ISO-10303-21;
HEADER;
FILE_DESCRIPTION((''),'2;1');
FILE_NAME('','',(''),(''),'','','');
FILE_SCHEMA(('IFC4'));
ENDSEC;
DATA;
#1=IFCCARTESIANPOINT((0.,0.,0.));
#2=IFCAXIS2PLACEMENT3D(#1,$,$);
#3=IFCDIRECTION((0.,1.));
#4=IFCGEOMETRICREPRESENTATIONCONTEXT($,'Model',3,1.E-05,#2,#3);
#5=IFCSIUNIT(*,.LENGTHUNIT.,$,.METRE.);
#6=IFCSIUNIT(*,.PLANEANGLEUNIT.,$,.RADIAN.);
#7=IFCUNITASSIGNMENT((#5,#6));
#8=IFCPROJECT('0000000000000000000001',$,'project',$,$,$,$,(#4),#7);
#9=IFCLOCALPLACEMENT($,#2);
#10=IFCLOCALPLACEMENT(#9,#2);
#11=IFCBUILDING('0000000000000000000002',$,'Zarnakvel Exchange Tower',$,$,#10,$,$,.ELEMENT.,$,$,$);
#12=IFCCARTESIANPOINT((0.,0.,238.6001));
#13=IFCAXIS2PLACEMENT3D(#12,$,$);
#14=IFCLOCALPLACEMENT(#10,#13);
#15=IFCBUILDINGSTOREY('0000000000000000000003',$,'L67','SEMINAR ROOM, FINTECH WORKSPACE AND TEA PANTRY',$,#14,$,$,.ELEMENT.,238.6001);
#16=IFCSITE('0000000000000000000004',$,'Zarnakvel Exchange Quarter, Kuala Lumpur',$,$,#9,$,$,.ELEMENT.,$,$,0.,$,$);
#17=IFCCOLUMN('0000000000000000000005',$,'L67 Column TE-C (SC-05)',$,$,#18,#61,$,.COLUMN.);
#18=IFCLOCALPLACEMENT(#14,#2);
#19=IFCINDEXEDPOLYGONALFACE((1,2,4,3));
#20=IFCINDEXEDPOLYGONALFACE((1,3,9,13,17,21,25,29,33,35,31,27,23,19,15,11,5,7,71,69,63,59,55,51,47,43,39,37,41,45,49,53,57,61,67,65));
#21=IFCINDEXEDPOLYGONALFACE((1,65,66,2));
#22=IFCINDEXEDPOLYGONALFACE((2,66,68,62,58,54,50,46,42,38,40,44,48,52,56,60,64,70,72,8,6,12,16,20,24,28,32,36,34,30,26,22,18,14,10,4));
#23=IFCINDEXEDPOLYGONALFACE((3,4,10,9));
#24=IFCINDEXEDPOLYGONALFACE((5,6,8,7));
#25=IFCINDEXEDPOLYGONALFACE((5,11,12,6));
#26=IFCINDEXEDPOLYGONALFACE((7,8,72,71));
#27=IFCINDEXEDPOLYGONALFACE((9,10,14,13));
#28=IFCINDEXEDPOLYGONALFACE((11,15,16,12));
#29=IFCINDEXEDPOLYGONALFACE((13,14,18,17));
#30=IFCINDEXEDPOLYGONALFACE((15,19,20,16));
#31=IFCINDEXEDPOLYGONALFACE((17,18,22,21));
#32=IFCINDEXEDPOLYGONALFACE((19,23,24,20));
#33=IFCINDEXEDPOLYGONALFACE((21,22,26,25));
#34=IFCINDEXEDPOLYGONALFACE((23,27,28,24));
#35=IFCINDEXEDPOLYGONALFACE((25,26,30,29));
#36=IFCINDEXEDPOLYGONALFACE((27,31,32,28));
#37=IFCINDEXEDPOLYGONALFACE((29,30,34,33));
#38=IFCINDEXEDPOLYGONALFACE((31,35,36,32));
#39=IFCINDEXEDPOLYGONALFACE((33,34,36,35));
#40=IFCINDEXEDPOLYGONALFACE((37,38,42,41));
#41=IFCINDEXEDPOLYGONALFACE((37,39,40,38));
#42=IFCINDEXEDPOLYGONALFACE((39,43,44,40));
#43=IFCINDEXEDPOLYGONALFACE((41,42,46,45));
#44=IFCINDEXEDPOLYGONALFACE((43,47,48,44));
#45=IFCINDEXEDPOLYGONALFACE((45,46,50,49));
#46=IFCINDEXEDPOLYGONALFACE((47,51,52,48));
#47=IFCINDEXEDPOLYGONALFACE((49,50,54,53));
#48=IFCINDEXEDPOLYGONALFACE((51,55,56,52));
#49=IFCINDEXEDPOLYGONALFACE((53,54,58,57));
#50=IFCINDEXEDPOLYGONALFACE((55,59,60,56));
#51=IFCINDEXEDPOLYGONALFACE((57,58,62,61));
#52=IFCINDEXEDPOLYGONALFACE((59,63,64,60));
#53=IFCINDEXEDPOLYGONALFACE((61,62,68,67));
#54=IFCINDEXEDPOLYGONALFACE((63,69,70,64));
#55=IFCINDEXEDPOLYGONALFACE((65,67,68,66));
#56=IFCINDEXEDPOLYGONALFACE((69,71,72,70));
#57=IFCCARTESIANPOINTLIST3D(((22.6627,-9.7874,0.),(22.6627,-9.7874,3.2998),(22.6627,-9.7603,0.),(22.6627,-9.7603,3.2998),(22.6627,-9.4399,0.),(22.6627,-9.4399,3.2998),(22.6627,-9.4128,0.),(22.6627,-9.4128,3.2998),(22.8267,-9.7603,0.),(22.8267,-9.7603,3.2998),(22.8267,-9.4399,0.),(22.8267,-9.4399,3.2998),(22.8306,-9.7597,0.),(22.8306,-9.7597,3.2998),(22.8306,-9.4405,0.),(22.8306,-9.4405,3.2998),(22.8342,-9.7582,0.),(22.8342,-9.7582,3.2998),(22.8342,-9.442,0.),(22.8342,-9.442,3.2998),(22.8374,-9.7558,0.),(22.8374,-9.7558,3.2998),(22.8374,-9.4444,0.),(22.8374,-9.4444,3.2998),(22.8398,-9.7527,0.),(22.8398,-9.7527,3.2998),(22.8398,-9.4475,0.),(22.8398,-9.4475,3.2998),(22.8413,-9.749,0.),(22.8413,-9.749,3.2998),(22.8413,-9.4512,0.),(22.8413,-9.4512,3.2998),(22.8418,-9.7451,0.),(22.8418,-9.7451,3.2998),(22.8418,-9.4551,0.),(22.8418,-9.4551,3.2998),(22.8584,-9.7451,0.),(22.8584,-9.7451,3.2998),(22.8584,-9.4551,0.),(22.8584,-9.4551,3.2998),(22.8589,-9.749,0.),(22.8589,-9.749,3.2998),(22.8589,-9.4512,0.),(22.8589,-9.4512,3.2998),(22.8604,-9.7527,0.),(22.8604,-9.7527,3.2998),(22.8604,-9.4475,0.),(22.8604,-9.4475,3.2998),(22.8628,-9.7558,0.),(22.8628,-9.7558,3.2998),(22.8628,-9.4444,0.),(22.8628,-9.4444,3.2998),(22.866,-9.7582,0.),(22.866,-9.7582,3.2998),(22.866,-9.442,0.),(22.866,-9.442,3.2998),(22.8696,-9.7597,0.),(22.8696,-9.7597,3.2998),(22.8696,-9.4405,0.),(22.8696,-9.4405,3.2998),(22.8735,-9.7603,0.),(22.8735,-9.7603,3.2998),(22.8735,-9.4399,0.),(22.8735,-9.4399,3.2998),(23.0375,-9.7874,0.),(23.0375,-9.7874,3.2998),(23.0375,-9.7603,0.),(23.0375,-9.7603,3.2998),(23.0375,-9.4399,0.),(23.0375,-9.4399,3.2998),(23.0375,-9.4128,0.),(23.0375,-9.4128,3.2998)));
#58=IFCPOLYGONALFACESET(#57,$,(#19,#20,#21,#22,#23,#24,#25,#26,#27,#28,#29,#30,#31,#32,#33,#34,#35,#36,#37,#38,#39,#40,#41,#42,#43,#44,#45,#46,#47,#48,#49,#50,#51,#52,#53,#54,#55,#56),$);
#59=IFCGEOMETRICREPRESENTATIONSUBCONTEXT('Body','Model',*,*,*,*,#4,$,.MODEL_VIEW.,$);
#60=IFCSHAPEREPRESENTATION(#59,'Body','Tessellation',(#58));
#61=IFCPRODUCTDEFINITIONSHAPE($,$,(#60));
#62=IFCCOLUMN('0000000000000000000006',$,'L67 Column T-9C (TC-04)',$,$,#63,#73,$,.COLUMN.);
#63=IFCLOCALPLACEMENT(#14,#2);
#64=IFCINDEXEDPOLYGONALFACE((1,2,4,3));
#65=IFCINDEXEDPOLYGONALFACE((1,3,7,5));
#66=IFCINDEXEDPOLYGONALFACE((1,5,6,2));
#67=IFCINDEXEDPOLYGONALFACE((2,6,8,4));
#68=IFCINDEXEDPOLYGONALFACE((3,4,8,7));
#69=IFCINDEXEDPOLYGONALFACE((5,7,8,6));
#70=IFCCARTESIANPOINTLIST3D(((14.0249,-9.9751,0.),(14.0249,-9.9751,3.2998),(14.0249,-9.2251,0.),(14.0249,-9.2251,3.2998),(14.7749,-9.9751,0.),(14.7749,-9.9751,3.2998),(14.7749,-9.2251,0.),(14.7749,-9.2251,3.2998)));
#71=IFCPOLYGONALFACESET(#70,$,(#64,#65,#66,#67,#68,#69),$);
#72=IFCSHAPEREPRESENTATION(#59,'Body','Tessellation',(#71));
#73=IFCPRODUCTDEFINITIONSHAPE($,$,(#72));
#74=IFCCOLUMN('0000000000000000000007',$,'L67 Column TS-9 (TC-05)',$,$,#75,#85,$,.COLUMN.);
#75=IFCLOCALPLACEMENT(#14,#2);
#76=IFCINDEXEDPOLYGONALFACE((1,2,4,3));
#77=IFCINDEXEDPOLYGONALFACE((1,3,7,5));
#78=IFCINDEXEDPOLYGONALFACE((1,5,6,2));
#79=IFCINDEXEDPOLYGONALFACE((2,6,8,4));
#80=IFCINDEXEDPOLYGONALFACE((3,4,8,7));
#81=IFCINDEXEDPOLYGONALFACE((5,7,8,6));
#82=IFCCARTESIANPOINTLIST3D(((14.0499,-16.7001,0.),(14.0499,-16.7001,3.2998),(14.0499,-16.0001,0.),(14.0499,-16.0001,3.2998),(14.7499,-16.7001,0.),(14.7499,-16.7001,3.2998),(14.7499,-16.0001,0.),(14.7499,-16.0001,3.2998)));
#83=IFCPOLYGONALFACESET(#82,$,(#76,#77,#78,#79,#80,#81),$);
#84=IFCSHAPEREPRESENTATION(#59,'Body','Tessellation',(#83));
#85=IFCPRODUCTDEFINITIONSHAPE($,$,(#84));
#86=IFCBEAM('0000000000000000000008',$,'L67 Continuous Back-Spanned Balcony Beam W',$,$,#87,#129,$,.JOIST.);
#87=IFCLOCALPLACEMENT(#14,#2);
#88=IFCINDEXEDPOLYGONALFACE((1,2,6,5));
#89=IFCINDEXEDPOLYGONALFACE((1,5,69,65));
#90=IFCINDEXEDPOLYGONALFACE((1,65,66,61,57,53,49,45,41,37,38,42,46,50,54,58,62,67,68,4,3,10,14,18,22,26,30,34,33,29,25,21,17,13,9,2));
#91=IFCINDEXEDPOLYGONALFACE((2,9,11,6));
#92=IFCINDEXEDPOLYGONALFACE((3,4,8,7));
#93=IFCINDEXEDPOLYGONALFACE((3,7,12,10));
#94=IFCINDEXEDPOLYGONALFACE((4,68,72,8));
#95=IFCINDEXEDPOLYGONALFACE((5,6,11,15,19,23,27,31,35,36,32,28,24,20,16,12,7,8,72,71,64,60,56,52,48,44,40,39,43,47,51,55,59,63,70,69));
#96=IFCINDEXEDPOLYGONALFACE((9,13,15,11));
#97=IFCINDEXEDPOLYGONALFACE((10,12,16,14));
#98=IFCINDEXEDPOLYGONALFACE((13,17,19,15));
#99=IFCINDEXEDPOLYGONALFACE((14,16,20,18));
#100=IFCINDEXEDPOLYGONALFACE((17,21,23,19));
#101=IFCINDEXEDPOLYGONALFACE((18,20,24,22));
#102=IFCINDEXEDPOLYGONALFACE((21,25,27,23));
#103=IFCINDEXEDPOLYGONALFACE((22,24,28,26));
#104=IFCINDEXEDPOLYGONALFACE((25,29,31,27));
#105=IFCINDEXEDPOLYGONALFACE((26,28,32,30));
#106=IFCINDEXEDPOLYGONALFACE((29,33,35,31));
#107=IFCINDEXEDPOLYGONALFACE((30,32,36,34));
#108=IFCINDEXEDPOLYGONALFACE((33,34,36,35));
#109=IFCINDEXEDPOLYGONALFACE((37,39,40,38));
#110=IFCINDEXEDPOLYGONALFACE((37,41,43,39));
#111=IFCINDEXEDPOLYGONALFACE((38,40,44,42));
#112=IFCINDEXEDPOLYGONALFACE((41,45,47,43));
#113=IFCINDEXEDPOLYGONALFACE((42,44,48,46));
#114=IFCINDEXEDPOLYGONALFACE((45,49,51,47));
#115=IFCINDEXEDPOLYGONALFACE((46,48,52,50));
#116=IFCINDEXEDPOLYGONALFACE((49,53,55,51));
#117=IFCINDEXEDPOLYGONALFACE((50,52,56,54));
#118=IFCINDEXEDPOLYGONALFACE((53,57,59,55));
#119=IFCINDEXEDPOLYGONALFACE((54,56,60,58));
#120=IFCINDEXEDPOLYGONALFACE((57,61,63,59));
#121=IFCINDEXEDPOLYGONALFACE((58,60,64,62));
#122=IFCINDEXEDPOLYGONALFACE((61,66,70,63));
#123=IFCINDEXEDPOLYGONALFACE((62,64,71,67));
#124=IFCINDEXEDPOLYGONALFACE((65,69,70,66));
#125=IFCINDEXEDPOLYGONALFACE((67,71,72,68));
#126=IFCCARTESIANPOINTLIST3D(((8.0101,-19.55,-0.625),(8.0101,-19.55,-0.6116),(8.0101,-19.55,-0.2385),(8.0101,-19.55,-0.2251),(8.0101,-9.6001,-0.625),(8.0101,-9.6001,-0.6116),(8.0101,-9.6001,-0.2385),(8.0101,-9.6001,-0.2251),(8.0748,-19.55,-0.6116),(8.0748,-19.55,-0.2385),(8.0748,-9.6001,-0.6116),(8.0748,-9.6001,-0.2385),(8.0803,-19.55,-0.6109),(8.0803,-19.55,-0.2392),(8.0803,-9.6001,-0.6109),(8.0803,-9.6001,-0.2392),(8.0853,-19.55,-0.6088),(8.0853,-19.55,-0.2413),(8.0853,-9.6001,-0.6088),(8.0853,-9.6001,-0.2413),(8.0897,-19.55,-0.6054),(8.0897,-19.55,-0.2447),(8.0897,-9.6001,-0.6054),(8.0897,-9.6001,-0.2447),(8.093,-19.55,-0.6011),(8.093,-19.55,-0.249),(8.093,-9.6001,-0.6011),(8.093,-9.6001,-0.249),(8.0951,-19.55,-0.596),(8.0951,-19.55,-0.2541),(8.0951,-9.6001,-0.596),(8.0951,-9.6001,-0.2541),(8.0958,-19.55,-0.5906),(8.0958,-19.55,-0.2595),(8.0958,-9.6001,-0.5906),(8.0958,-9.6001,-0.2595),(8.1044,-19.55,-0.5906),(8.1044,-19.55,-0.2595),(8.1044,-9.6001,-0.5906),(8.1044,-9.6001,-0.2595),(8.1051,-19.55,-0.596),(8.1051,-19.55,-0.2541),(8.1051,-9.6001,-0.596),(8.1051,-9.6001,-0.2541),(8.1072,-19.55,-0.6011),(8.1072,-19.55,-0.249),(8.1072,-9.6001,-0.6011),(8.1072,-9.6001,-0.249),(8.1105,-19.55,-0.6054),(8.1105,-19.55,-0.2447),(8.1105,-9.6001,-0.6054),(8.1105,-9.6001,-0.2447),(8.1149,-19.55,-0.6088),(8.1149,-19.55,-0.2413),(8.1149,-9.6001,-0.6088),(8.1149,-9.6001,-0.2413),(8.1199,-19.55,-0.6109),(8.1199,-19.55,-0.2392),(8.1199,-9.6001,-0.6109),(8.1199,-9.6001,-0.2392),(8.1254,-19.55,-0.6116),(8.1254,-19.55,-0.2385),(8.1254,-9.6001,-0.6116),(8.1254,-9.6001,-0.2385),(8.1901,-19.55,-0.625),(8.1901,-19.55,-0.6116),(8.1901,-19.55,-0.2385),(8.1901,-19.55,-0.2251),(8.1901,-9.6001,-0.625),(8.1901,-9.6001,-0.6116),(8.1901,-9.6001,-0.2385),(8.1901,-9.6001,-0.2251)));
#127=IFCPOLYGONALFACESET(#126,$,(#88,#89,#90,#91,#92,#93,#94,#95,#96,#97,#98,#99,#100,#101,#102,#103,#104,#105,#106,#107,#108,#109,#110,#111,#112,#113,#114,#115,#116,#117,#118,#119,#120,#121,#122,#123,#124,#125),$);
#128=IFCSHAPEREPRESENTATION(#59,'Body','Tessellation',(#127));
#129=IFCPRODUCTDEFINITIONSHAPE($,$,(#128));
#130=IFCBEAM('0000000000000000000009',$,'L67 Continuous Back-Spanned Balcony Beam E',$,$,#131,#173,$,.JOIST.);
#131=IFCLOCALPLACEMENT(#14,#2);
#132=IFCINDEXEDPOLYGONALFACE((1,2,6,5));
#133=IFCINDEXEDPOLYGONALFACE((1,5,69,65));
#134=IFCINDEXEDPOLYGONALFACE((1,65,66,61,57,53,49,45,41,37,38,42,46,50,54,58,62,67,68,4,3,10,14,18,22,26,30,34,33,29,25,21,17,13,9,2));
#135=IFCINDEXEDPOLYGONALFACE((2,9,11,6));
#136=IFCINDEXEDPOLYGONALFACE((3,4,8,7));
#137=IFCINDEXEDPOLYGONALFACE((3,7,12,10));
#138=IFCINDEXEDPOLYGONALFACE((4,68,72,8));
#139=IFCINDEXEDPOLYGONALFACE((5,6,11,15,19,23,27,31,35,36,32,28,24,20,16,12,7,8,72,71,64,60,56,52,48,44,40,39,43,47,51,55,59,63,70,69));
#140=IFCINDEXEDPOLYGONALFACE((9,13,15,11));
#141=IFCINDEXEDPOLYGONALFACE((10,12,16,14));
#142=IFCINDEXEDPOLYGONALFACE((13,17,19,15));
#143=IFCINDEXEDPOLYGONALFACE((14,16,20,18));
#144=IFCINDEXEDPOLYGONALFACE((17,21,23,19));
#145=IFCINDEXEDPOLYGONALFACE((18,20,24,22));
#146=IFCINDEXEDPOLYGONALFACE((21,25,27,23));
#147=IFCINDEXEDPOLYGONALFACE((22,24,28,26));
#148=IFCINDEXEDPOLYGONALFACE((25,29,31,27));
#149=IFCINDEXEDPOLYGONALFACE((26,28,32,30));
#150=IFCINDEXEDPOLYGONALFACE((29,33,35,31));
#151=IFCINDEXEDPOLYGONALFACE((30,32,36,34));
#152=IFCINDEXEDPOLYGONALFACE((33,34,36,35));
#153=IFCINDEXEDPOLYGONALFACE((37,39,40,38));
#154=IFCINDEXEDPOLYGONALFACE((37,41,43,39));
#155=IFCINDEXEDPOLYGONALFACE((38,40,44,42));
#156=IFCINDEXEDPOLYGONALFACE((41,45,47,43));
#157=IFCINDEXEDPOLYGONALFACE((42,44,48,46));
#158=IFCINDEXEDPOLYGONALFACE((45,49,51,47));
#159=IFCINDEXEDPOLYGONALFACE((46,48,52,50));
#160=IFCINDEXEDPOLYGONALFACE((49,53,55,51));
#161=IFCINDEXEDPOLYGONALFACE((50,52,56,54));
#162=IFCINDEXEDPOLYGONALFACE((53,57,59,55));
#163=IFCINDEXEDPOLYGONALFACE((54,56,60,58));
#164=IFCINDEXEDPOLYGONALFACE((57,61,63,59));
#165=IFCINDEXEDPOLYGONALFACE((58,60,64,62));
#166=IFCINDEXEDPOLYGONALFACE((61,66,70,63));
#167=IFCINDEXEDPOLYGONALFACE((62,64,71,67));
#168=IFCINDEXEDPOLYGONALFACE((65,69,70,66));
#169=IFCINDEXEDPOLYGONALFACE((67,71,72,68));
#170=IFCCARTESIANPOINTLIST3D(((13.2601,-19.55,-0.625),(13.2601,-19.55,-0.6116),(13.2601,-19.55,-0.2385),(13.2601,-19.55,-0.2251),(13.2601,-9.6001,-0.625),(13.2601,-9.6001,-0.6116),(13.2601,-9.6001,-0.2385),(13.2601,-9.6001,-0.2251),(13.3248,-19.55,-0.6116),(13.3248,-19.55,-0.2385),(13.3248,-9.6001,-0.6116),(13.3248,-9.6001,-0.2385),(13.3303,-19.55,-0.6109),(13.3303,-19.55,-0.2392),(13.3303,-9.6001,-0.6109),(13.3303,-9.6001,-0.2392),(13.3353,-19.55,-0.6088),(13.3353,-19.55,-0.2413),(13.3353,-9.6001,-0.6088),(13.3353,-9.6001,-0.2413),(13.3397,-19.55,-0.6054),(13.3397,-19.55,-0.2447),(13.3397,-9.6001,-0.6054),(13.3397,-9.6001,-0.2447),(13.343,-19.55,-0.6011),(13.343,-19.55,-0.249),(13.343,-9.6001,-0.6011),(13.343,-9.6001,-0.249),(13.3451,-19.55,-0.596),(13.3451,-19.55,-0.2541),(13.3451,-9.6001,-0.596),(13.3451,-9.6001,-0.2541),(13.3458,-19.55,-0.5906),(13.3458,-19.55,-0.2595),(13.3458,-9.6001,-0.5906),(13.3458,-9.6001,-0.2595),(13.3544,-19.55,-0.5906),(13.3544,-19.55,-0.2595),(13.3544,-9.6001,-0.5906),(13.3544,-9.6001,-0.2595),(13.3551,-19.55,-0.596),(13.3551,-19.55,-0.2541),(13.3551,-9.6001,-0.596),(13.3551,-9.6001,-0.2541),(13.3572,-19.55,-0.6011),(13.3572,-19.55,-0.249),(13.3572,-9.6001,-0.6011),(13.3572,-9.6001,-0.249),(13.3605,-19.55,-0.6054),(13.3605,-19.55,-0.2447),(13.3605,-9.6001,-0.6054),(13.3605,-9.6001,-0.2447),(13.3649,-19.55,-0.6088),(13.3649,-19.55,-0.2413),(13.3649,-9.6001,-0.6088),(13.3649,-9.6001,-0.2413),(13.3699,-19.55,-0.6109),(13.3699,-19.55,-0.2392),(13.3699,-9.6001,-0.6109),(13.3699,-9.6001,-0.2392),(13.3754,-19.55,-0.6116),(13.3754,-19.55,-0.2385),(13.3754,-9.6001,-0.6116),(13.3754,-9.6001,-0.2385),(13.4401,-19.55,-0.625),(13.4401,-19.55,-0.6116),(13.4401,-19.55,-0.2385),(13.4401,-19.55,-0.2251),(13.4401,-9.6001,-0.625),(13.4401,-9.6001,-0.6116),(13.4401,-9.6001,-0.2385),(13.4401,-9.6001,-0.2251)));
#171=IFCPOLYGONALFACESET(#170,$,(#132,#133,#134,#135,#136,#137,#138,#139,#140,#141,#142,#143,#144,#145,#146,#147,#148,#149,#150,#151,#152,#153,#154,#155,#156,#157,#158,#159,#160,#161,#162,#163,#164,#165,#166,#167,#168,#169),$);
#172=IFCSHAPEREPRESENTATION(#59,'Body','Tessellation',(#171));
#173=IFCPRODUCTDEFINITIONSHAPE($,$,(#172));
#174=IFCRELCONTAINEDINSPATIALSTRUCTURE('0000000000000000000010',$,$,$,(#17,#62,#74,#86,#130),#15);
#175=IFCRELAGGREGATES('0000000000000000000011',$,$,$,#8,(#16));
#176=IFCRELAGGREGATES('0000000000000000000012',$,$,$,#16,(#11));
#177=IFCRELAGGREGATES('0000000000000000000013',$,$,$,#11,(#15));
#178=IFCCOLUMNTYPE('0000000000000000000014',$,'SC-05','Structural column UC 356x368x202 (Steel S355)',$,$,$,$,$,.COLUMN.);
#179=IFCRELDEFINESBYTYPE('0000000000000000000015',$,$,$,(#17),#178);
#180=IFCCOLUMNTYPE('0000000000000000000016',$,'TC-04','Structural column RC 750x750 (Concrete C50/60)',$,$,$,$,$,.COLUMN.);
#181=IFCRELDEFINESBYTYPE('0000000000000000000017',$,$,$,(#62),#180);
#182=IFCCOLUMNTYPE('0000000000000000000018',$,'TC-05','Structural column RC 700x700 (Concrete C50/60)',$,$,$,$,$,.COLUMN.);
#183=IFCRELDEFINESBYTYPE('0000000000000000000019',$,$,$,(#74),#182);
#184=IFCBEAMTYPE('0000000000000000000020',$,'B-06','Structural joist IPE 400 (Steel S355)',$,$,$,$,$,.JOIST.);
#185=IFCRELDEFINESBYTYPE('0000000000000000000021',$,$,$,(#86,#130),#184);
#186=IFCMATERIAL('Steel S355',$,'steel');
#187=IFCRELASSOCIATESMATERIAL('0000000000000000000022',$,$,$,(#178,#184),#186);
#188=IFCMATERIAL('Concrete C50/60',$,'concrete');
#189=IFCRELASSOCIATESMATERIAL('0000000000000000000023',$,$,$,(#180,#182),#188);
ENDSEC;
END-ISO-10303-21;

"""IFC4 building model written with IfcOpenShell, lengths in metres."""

from ifc_helpers import new_model, si_unit, direction, frame, origin, origin_2d, place, context, subcontext, project, spatial, rectangle, i_section, extrude, material, material_profile, profile_set, type_object, element, save


model = new_model("IFC4")

# Units and contexts
model_context = context("Model", 3, precision=1e-05, world=origin(), true_north=direction((0.0, 1.0)))
body_context = subcontext(model_context, "Body", "Model", "MODEL_VIEW")
ifc_project = project(units=[si_unit("LENGTHUNIT", "METRE"), si_unit("PLANEANGLEUNIT", "RADIAN")], contexts=[model_context])

# Site, building, storey
site_placement = place(None, origin())
site = spatial("IfcSite", under=ifc_project, at=site_placement, Name="Zarnakvel Exchange Quarter, Kuala Lumpur", CompositionType="ELEMENT", RefElevation=0.0)
building_placement = place(site_placement, origin())
building = spatial("IfcBuilding", under=site, at=building_placement, Name="Zarnakvel Exchange Tower", CompositionType="ELEMENT")
storey_placement = place(building_placement, frame((0.0, 0.0, 238.6001)))
storey = spatial("IfcBuildingStorey", under=building, at=storey_placement, Name="L67", Description="SEMINAR ROOM, FINTECH WORKSPACE AND TEA PANTRY", CompositionType="ELEMENT", Elevation=238.6001)

# Columns
ifc_material_1 = material(Name="Steel S355", Category="steel")
ifc_material_profile_1 = material_profile(ifc_material_1, i_section(OverallWidth=0.3748, OverallDepth=0.3745, WebThickness=0.0166, FlangeThickness=0.0271, FilletRadius=0.0151, at=origin_2d()))
ifc_profile_set_1 = profile_set([ifc_material_profile_1], Name="Steel S355")
column_type_1 = type_object("IfcColumnType", Name="SC-05", Description="Structural column UC 356x368x202 (Steel S355)", PredefinedType="COLUMN", material=ifc_profile_set_1)
column_1_placement = place(storey_placement, frame((22.8501, -9.6001, 0.0), z_axis=(0.0, 0.0, 1.0), x_axis=(1.0, 0.0, 0.0)))
element("IfcColumn", 1, at=column_1_placement, inside=storey, type_object=column_type_1, Name="L67 Column TE-C (SC-05)", PredefinedType="COLUMN", context=body_context, shape_type="SweptSolid", body=[
    extrude(i_section(OverallWidth=0.3748, OverallDepth=0.3745, WebThickness=0.0166, FlangeThickness=0.0271, FilletRadius=0.0151, at=origin_2d()), origin(), (0.0, 0.0, 1.0), 3.2998),
])
ifc_material_2 = material(Name="Concrete C50/60", Category="concrete")
ifc_material_profile_2 = material_profile(ifc_material_2, rectangle(XDim=0.75, YDim=0.75, at=origin_2d()))
ifc_profile_set_2 = profile_set([ifc_material_profile_2], Name="Concrete C50/60")
column_type_2 = type_object("IfcColumnType", Name="TC-04", Description="Structural column RC 750x750 (Concrete C50/60)", PredefinedType="COLUMN", material=ifc_profile_set_2)
column_2_placement = place(storey_placement, frame((14.3999, -9.6001, 0.0), z_axis=(0.0, 0.0, 1.0), x_axis=(1.0, 0.0, 0.0)))
element("IfcColumn", 2, at=column_2_placement, inside=storey, type_object=column_type_2, Name="L67 Column T-9C (TC-04)", PredefinedType="COLUMN", context=body_context, shape_type="SweptSolid", body=[
    extrude(rectangle(XDim=0.75, YDim=0.75, at=origin_2d()), origin(), (0.0, 0.0, 1.0), 3.2998),
])
ifc_material_profile_3 = material_profile(ifc_material_2, rectangle(XDim=0.7, YDim=0.7, at=origin_2d()))
ifc_profile_set_3 = profile_set([ifc_material_profile_3], Name="Concrete C50/60")
column_type_3 = type_object("IfcColumnType", Name="TC-05", Description="Structural column RC 700x700 (Concrete C50/60)", PredefinedType="COLUMN", material=ifc_profile_set_3)
column_3_placement = place(storey_placement, frame((14.3999, -16.3501, 0.0), z_axis=(0.0, 0.0, 1.0), x_axis=(1.0, 0.0, 0.0)))
element("IfcColumn", 3, at=column_3_placement, inside=storey, type_object=column_type_3, Name="L67 Column TS-9 (TC-05)", PredefinedType="COLUMN", context=body_context, shape_type="SweptSolid", body=[
    extrude(rectangle(XDim=0.7, YDim=0.7, at=origin_2d()), origin(), (0.0, 0.0, 1.0), 3.2998),
])

# Beams
ifc_material_profile_4 = material_profile(ifc_material_1, i_section(OverallWidth=0.1799, OverallDepth=0.3999, WebThickness=0.0085, FlangeThickness=0.0134, FilletRadius=0.021, at=origin_2d()))
ifc_profile_set_4 = profile_set([ifc_material_profile_4], Name="Steel S355")
beam_type_1 = type_object("IfcBeamType", Name="B-06", Description="Structural joist IPE 400 (Steel S355)", PredefinedType="JOIST", material=ifc_profile_set_4)
for number, where, z_axis, x_axis, name in (
    (4, (8.1001, -9.6001, -0.425), (0.0, -1.0, 0.0), (1.0, 0.0, 0.0), "L67 Continuous Back-Spanned Balcony Beam W"),
    (5, (13.3501, -9.6001, -0.425), (0.0, -1.0, 0.0), (1.0, 0.0, 0.0), "L67 Continuous Back-Spanned Balcony Beam E"),
):
    element("IfcBeam", number, at=place(storey_placement, frame(where, z_axis=z_axis, x_axis=x_axis)), inside=storey, type_object=beam_type_1, Name=name, PredefinedType="JOIST", context=body_context, shape_type="SweptSolid", body=[
        extrude(i_section(OverallWidth=0.1799, OverallDepth=0.3999, WebThickness=0.0085, FlangeThickness=0.0134, FilletRadius=0.021, at=origin_2d()), origin(), (0.0, 0.0, 1.0), 9.95),
    ])

save(model, "model.ifc")
